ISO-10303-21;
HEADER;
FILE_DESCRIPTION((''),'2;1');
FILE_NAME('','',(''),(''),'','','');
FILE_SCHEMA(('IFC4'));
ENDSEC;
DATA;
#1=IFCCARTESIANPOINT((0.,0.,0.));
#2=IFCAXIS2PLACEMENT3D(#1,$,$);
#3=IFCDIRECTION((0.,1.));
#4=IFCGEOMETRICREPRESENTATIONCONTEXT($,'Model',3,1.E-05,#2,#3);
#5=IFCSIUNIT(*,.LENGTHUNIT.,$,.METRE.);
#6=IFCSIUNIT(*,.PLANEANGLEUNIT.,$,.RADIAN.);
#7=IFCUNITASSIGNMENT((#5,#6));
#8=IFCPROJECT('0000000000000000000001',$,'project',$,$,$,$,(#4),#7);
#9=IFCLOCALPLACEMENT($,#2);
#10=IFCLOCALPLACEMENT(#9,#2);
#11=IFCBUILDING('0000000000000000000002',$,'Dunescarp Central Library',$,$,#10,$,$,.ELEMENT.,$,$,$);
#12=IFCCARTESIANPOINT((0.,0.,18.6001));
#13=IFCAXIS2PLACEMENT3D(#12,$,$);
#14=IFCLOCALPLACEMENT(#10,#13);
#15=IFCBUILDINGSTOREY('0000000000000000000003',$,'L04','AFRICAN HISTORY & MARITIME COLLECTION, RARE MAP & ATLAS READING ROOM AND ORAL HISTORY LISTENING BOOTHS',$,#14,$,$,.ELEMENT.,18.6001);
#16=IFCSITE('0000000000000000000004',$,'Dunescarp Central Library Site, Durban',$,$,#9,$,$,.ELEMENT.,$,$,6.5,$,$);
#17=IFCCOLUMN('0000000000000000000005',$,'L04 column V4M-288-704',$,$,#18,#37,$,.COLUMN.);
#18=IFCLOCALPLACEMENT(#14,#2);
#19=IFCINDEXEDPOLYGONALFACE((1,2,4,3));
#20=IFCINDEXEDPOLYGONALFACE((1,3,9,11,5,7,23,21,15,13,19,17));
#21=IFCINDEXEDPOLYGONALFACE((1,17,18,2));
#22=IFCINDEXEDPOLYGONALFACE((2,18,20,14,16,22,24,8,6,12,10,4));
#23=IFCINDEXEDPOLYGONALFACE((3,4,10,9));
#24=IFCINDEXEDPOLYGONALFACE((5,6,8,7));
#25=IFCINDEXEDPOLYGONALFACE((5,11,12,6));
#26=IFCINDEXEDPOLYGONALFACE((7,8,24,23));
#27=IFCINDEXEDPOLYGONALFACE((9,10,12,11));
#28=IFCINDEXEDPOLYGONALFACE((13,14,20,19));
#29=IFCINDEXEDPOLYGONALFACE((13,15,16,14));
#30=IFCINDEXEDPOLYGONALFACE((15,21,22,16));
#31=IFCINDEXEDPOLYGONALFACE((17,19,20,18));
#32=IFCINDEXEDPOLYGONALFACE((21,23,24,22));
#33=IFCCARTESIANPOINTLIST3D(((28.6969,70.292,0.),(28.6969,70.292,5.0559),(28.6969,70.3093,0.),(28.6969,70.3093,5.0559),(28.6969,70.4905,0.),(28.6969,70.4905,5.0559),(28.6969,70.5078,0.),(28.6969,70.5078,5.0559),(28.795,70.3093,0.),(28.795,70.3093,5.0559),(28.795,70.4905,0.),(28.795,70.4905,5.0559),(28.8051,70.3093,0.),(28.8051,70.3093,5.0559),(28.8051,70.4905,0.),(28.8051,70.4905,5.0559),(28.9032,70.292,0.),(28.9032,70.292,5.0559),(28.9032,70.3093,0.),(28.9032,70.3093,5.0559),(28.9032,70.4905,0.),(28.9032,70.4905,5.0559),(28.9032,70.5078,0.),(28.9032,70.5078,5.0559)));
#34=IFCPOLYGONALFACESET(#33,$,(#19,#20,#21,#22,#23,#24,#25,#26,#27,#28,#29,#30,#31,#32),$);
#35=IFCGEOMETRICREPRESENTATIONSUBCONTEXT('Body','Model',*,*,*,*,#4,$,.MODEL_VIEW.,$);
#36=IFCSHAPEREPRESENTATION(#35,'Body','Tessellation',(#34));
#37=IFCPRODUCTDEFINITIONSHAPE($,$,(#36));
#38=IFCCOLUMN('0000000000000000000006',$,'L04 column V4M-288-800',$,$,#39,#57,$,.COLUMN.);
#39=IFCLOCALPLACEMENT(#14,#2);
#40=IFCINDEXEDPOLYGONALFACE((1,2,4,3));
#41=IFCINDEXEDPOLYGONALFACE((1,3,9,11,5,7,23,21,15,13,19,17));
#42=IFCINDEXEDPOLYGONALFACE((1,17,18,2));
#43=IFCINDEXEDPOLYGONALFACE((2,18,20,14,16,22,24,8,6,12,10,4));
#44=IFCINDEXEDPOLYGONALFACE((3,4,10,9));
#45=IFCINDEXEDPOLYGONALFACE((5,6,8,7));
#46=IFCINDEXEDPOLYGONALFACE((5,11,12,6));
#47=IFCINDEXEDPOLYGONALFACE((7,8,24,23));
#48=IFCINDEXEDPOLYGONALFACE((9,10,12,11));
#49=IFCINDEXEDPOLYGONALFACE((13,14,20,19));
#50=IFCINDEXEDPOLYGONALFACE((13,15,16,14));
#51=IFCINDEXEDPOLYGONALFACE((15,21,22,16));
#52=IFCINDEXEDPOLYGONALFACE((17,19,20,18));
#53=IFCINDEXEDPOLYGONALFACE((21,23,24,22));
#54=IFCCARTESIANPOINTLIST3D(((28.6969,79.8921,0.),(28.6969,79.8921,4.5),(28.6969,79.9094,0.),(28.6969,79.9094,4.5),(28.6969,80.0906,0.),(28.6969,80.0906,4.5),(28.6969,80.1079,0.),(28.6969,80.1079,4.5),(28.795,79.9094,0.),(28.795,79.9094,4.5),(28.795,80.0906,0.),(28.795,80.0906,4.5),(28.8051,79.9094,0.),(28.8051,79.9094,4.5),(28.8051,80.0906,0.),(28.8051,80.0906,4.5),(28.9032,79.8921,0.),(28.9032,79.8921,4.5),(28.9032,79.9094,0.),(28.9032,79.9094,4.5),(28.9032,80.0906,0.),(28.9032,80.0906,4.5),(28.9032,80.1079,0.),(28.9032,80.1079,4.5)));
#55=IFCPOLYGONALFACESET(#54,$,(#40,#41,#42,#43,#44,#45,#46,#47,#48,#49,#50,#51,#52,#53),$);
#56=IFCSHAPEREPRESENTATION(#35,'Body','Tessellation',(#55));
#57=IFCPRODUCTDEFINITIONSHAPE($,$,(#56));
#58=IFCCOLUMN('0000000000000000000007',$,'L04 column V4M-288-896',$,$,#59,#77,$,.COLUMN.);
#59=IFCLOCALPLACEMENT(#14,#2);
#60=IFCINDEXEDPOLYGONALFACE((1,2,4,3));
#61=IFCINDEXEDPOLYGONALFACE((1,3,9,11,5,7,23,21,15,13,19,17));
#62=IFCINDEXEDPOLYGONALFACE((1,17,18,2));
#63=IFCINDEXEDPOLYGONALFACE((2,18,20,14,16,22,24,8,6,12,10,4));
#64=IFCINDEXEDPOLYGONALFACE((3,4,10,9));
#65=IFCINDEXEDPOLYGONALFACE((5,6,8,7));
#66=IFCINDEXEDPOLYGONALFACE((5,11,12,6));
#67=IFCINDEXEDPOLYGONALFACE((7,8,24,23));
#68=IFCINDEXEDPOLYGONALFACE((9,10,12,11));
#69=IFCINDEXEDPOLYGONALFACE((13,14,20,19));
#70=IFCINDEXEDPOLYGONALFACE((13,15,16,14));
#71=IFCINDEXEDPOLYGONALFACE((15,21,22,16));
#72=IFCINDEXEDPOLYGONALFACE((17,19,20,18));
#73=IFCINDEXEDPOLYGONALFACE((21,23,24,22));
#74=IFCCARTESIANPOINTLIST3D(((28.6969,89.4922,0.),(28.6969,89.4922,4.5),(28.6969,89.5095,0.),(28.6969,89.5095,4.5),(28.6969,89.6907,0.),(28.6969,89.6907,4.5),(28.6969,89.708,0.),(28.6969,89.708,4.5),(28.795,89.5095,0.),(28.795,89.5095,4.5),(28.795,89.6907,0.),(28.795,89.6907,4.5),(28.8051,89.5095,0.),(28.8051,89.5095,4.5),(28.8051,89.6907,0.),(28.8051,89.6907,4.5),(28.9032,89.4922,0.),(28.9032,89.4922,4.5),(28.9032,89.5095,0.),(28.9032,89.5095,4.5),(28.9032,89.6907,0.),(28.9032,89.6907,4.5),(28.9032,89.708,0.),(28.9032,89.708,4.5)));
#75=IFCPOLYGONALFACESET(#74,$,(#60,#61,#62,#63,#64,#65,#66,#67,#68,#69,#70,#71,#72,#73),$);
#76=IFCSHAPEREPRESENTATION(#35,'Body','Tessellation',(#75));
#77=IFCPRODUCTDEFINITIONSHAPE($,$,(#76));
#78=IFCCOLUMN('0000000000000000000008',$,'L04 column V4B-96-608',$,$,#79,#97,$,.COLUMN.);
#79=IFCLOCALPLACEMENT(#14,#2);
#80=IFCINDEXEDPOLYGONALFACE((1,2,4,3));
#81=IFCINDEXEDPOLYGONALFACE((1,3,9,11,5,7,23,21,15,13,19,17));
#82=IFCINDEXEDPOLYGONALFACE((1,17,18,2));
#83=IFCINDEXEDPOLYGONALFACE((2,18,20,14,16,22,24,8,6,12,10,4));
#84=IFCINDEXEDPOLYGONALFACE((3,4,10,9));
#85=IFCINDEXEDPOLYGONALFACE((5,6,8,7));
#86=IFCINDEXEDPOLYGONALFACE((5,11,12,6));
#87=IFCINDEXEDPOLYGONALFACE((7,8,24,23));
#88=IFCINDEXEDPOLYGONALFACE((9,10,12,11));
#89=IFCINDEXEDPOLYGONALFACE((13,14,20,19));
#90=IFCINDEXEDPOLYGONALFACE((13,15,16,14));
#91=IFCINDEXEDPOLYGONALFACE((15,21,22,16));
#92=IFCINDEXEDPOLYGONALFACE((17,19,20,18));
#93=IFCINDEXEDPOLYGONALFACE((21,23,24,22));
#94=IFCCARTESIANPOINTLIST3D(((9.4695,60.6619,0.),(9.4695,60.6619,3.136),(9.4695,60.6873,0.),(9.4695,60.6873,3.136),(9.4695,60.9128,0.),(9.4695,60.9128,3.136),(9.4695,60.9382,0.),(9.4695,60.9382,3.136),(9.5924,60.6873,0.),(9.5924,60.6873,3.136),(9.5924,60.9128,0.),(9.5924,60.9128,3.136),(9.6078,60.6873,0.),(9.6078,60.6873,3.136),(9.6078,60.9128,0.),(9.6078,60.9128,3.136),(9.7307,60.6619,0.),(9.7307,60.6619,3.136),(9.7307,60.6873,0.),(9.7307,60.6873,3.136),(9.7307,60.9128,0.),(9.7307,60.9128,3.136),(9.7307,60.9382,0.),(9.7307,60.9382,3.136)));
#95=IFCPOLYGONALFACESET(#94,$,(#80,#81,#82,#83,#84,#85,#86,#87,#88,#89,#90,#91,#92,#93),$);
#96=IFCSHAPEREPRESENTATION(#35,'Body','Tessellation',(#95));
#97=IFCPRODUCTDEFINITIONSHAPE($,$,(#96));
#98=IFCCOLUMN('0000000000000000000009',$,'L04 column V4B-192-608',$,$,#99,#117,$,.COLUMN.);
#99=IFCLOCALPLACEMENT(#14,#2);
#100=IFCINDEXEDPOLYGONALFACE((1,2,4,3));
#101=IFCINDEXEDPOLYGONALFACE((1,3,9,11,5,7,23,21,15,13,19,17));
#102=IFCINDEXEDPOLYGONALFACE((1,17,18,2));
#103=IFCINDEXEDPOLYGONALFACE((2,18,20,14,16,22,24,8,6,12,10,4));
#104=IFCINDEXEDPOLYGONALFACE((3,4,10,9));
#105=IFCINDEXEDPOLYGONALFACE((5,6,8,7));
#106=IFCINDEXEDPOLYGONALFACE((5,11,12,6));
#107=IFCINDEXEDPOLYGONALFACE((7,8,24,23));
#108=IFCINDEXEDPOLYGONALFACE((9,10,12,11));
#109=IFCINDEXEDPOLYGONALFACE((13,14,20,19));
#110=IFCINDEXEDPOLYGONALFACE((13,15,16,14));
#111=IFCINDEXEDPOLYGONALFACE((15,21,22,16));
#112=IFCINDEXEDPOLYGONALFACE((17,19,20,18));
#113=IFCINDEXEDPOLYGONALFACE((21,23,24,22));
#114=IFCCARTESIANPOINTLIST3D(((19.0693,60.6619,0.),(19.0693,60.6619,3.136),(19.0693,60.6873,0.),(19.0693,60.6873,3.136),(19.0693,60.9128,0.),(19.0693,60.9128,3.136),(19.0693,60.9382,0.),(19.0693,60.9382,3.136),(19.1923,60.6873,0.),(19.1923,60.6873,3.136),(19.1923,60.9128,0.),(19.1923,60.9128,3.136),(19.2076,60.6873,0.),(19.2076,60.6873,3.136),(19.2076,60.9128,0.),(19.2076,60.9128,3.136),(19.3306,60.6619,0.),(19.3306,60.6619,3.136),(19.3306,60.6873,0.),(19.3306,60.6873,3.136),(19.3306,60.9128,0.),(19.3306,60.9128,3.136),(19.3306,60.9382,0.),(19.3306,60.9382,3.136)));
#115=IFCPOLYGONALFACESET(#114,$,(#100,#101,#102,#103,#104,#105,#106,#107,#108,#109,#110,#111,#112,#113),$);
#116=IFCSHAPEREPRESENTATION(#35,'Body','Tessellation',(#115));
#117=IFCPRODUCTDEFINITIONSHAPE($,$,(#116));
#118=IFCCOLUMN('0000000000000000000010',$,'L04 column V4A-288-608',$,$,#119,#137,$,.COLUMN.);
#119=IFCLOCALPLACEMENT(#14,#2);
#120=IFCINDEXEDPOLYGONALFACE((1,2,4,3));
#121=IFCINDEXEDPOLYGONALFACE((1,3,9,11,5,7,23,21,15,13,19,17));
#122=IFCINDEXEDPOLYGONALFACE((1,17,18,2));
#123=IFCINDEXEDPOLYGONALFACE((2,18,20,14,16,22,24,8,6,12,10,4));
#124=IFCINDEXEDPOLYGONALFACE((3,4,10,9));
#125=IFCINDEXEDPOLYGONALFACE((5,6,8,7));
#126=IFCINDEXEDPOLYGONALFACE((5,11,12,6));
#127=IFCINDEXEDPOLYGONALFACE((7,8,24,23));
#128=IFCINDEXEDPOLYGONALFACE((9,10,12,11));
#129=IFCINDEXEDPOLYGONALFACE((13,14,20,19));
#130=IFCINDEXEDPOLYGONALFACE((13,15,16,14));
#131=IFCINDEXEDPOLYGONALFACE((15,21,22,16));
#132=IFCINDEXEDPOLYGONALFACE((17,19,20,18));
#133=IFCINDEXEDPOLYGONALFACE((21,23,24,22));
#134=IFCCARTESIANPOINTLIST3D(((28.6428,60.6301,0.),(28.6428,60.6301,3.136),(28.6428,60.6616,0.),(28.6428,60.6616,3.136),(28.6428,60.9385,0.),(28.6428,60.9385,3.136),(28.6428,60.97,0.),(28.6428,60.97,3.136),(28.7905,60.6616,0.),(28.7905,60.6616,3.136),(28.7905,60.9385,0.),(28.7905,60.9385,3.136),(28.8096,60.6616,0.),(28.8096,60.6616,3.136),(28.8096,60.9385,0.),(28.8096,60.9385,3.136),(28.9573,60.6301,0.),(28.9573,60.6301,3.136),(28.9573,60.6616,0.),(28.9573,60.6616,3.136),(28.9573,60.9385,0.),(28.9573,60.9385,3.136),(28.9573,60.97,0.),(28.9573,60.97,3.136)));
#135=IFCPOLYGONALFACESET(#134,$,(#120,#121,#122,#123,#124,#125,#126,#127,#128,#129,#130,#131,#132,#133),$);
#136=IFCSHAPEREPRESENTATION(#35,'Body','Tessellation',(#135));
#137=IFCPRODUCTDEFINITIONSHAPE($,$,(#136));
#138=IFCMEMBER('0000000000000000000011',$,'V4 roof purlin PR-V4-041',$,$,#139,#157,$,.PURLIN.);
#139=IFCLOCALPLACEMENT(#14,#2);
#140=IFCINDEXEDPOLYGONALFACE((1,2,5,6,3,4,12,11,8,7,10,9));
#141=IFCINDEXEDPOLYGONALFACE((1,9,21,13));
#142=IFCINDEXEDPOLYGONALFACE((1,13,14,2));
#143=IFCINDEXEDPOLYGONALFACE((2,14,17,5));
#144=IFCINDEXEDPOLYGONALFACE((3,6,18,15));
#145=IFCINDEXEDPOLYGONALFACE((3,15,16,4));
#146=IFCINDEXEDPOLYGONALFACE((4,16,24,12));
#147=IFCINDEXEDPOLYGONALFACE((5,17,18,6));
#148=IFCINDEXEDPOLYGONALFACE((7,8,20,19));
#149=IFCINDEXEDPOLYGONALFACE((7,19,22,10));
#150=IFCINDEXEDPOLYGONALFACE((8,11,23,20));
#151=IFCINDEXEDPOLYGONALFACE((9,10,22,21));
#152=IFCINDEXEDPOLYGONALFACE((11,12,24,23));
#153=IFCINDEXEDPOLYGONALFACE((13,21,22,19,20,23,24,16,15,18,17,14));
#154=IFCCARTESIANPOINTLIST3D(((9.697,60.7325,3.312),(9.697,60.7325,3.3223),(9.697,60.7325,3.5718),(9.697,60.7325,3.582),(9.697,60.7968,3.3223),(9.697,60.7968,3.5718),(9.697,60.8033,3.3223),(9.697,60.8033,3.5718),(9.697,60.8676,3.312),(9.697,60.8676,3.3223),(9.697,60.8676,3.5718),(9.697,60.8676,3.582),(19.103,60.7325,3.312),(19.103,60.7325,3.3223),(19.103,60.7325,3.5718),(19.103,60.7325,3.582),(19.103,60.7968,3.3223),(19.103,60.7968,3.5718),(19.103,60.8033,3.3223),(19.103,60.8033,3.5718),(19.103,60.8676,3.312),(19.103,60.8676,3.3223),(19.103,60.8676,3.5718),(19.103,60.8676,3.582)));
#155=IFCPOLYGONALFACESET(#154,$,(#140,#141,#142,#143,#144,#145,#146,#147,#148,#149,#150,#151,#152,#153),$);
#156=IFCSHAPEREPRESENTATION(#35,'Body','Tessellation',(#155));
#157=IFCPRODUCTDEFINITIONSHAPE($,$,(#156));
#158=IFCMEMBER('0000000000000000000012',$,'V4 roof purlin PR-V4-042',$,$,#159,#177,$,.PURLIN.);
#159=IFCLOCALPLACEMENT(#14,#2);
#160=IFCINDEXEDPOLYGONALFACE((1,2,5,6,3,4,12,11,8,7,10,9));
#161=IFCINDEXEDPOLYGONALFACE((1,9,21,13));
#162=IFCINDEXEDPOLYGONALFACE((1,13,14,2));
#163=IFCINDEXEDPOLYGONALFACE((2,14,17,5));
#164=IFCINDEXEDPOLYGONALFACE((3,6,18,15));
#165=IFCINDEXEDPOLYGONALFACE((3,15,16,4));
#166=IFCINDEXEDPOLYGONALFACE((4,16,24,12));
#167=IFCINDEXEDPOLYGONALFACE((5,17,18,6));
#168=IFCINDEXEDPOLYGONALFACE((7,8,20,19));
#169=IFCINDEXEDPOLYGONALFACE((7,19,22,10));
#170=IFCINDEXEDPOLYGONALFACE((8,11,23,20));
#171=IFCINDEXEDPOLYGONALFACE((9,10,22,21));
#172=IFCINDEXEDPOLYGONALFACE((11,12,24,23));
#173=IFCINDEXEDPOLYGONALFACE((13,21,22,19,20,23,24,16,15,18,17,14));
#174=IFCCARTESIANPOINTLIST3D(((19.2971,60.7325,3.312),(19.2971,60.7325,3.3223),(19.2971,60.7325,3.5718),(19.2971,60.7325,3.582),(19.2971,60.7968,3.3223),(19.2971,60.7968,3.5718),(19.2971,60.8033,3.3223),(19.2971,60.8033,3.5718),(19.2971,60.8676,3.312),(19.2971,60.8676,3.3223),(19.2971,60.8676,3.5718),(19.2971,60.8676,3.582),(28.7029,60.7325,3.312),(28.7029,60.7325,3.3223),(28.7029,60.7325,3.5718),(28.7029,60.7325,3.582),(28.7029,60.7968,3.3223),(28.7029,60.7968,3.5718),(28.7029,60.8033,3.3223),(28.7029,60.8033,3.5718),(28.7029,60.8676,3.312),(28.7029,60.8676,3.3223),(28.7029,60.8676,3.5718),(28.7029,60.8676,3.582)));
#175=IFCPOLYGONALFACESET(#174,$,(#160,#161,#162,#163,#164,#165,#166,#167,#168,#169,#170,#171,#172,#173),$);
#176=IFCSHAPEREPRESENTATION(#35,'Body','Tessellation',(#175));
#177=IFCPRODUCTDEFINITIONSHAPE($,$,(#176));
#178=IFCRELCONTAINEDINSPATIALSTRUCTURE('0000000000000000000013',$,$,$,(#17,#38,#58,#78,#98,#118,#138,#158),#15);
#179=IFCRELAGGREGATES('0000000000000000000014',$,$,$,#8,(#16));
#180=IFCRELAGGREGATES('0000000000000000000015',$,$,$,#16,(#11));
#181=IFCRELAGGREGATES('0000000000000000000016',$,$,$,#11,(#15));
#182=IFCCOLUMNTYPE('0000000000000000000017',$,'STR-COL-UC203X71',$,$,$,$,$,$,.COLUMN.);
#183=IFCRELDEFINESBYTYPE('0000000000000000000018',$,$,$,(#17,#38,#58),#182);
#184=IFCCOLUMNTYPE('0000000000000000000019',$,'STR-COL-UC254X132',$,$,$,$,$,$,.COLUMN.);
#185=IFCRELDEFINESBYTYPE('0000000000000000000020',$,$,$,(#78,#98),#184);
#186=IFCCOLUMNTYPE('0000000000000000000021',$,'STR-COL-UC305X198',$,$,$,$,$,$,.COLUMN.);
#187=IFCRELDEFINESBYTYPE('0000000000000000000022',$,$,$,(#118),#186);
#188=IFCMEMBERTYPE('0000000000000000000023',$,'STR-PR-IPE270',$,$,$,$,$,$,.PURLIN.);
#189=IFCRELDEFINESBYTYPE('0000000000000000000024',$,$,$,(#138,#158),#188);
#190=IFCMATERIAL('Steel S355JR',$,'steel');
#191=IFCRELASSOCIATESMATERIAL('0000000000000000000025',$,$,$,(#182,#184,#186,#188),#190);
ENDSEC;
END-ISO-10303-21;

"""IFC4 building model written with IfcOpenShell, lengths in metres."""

from ifc_helpers import new_model, si_unit, direction, frame, origin, origin_2d, place, context, subcontext, project, spatial, i_section, extrude, material, material_profile, profile_set, type_object, element, save


model = new_model("IFC4")

# Units and contexts
model_context = context("Model", 3, precision=1e-05, world=origin(), true_north=direction((0.0, 1.0)))
body_context = subcontext(model_context, "Body", "Model", "MODEL_VIEW")
ifc_project = project(units=[si_unit("LENGTHUNIT", "METRE"), si_unit("PLANEANGLEUNIT", "RADIAN")], contexts=[model_context])

# Site, building, storey
site_placement = place(None, origin())
site = spatial("IfcSite", under=ifc_project, at=site_placement, Name="Dunescarp Central Library Site, Durban", CompositionType="ELEMENT", RefElevation=6.5)
building_placement = place(site_placement, origin())
building = spatial("IfcBuilding", under=site, at=building_placement, Name="Dunescarp Central Library", CompositionType="ELEMENT")
storey_placement = place(building_placement, frame((0.0, 0.0, 18.6001)))
storey = spatial("IfcBuildingStorey", under=building, at=storey_placement, Name="L04", Description="AFRICAN HISTORY & MARITIME COLLECTION, RARE MAP & ATLAS READING ROOM AND ORAL HISTORY LISTENING BOOTHS", CompositionType="ELEMENT", Elevation=18.6001)

# Columns
ifc_material = material(Name="Steel S355JR", Category="steel")
ifc_material_profile_1 = material_profile(ifc_material, i_section(OverallWidth=0.2063, OverallDepth=0.2158, WebThickness=0.01, FlangeThickness=0.0173, at=origin_2d()), Name="UC 203x203x71")
ifc_profile_set_1 = profile_set([ifc_material_profile_1], Name="Steel S355JR")
column_type_1 = type_object("IfcColumnType", Name="STR-COL-UC203X71", PredefinedType="COLUMN", material=ifc_profile_set_1)
column_1_placement = place(storey_placement, frame((28.8, 70.3999, 0.0), z_axis=(0.0, 0.0, 1.0), x_axis=(1.0, 0.0, 0.0)))
element("IfcColumn", 1, at=column_1_placement, inside=storey, type_object=column_type_1, Name="L04 column V4M-288-704", PredefinedType="COLUMN", context=body_context, shape_type="SweptSolid", body=[
    extrude(i_section(OverallWidth=0.2063, OverallDepth=0.2158, WebThickness=0.01, FlangeThickness=0.0173, at=origin_2d()), origin(), (0.0, 0.0, 1.0), 5.0559),
])
for number, where, z_axis, x_axis, name in (
    (2, (28.8, 80.0, 0.0), (0.0, 0.0, 1.0), (1.0, 0.0, 0.0), "L04 column V4M-288-800"),
    (3, (28.8, 89.6001, 0.0), (0.0, 0.0, 1.0), (1.0, 0.0, 0.0), "L04 column V4M-288-896"),
):
    element("IfcColumn", number, at=place(storey_placement, frame(where, z_axis=z_axis, x_axis=x_axis)), inside=storey, type_object=column_type_1, Name=name, PredefinedType="COLUMN", context=body_context, shape_type="SweptSolid", body=[
        extrude(i_section(OverallWidth=0.2063, OverallDepth=0.2158, WebThickness=0.01, FlangeThickness=0.0173, at=origin_2d()), origin(), (0.0, 0.0, 1.0), 4.5),
    ])
ifc_material_profile_2 = material_profile(ifc_material, i_section(OverallWidth=0.2612, OverallDepth=0.2764, WebThickness=0.0154, FlangeThickness=0.0254, at=origin_2d()), Name="UC 254x254x132")
ifc_profile_set_2 = profile_set([ifc_material_profile_2], Name="Steel S355JR")
column_type_2 = type_object("IfcColumnType", Name="STR-COL-UC254X132", PredefinedType="COLUMN", material=ifc_profile_set_2)
for number, where, z_axis, x_axis, name in (
    (4, (9.6001, 60.8, 0.0), (0.0, 0.0, 1.0), (1.0, 0.0, 0.0), "L04 column V4B-96-608"),
    (5, (19.2, 60.8, 0.0), (0.0, 0.0, 1.0), (1.0, 0.0, 0.0), "L04 column V4B-192-608"),
):
    element("IfcColumn", number, at=place(storey_placement, frame(where, z_axis=z_axis, x_axis=x_axis)), inside=storey, type_object=column_type_2, Name=name, PredefinedType="COLUMN", context=body_context, shape_type="SweptSolid", body=[
        extrude(i_section(OverallWidth=0.2612, OverallDepth=0.2764, WebThickness=0.0154, FlangeThickness=0.0254, at=origin_2d()), origin(), (0.0, 0.0, 1.0), 3.136),
    ])
ifc_material_profile_3 = material_profile(ifc_material, i_section(OverallWidth=0.3145, OverallDepth=0.3398, WebThickness=0.019, FlangeThickness=0.0315, at=origin_2d()), Name="UC 305x305x198")
ifc_profile_set_3 = profile_set([ifc_material_profile_3], Name="Steel S355JR")
column_type_3 = type_object("IfcColumnType", Name="STR-COL-UC305X198", PredefinedType="COLUMN", material=ifc_profile_set_3)
column_2_placement = place(storey_placement, frame((28.8, 60.8, 0.0), z_axis=(0.0, 0.0, 1.0), x_axis=(1.0, 0.0, 0.0)))
element("IfcColumn", 6, at=column_2_placement, inside=storey, type_object=column_type_3, Name="L04 column V4A-288-608", PredefinedType="COLUMN", context=body_context, shape_type="SweptSolid", body=[
    extrude(i_section(OverallWidth=0.3145, OverallDepth=0.3398, WebThickness=0.019, FlangeThickness=0.0315, at=origin_2d()), origin(), (0.0, 0.0, 1.0), 3.136),
])

# Members
ifc_material_profile_4 = material_profile(ifc_material, i_section(OverallWidth=0.135, OverallDepth=0.27, WebThickness=0.0066, FlangeThickness=0.0103, at=origin_2d()), Name="IPE 270")
ifc_profile_set_4 = profile_set([ifc_material_profile_4], Name="Steel S355JR")
member_type = type_object("IfcMemberType", Name="STR-PR-IPE270", PredefinedType="PURLIN", material=ifc_profile_set_4)
member_1_placement = place(storey_placement, frame((9.697, 60.8, 3.447), z_axis=(1.0, 0.0, 0.0), x_axis=(0.0, 1.0, 0.0)))
element("IfcMember", 7, at=member_1_placement, inside=storey, type_object=member_type, Name="V4 roof purlin PR-V4-041", PredefinedType="PURLIN", context=body_context, shape_type="SweptSolid", body=[
    extrude(i_section(OverallWidth=0.135, OverallDepth=0.27, WebThickness=0.0066, FlangeThickness=0.0103, at=origin_2d()), origin(), (0.0, 0.0, 1.0), 9.406),
])
member_2_placement = place(storey_placement, frame((19.2971, 60.8, 3.447), z_axis=(1.0, 0.0, 0.0), x_axis=(0.0, 1.0, 0.0)))
element("IfcMember", 8, at=member_2_placement, inside=storey, type_object=member_type, Name="V4 roof purlin PR-V4-042", PredefinedType="PURLIN", context=body_context, shape_type="SweptSolid", body=[
    extrude(i_section(OverallWidth=0.135, OverallDepth=0.27, WebThickness=0.0066, FlangeThickness=0.0103, at=origin_2d()), origin(), (0.0, 0.0, 1.0), 9.4058),
])

save(model, "model.ifc")
